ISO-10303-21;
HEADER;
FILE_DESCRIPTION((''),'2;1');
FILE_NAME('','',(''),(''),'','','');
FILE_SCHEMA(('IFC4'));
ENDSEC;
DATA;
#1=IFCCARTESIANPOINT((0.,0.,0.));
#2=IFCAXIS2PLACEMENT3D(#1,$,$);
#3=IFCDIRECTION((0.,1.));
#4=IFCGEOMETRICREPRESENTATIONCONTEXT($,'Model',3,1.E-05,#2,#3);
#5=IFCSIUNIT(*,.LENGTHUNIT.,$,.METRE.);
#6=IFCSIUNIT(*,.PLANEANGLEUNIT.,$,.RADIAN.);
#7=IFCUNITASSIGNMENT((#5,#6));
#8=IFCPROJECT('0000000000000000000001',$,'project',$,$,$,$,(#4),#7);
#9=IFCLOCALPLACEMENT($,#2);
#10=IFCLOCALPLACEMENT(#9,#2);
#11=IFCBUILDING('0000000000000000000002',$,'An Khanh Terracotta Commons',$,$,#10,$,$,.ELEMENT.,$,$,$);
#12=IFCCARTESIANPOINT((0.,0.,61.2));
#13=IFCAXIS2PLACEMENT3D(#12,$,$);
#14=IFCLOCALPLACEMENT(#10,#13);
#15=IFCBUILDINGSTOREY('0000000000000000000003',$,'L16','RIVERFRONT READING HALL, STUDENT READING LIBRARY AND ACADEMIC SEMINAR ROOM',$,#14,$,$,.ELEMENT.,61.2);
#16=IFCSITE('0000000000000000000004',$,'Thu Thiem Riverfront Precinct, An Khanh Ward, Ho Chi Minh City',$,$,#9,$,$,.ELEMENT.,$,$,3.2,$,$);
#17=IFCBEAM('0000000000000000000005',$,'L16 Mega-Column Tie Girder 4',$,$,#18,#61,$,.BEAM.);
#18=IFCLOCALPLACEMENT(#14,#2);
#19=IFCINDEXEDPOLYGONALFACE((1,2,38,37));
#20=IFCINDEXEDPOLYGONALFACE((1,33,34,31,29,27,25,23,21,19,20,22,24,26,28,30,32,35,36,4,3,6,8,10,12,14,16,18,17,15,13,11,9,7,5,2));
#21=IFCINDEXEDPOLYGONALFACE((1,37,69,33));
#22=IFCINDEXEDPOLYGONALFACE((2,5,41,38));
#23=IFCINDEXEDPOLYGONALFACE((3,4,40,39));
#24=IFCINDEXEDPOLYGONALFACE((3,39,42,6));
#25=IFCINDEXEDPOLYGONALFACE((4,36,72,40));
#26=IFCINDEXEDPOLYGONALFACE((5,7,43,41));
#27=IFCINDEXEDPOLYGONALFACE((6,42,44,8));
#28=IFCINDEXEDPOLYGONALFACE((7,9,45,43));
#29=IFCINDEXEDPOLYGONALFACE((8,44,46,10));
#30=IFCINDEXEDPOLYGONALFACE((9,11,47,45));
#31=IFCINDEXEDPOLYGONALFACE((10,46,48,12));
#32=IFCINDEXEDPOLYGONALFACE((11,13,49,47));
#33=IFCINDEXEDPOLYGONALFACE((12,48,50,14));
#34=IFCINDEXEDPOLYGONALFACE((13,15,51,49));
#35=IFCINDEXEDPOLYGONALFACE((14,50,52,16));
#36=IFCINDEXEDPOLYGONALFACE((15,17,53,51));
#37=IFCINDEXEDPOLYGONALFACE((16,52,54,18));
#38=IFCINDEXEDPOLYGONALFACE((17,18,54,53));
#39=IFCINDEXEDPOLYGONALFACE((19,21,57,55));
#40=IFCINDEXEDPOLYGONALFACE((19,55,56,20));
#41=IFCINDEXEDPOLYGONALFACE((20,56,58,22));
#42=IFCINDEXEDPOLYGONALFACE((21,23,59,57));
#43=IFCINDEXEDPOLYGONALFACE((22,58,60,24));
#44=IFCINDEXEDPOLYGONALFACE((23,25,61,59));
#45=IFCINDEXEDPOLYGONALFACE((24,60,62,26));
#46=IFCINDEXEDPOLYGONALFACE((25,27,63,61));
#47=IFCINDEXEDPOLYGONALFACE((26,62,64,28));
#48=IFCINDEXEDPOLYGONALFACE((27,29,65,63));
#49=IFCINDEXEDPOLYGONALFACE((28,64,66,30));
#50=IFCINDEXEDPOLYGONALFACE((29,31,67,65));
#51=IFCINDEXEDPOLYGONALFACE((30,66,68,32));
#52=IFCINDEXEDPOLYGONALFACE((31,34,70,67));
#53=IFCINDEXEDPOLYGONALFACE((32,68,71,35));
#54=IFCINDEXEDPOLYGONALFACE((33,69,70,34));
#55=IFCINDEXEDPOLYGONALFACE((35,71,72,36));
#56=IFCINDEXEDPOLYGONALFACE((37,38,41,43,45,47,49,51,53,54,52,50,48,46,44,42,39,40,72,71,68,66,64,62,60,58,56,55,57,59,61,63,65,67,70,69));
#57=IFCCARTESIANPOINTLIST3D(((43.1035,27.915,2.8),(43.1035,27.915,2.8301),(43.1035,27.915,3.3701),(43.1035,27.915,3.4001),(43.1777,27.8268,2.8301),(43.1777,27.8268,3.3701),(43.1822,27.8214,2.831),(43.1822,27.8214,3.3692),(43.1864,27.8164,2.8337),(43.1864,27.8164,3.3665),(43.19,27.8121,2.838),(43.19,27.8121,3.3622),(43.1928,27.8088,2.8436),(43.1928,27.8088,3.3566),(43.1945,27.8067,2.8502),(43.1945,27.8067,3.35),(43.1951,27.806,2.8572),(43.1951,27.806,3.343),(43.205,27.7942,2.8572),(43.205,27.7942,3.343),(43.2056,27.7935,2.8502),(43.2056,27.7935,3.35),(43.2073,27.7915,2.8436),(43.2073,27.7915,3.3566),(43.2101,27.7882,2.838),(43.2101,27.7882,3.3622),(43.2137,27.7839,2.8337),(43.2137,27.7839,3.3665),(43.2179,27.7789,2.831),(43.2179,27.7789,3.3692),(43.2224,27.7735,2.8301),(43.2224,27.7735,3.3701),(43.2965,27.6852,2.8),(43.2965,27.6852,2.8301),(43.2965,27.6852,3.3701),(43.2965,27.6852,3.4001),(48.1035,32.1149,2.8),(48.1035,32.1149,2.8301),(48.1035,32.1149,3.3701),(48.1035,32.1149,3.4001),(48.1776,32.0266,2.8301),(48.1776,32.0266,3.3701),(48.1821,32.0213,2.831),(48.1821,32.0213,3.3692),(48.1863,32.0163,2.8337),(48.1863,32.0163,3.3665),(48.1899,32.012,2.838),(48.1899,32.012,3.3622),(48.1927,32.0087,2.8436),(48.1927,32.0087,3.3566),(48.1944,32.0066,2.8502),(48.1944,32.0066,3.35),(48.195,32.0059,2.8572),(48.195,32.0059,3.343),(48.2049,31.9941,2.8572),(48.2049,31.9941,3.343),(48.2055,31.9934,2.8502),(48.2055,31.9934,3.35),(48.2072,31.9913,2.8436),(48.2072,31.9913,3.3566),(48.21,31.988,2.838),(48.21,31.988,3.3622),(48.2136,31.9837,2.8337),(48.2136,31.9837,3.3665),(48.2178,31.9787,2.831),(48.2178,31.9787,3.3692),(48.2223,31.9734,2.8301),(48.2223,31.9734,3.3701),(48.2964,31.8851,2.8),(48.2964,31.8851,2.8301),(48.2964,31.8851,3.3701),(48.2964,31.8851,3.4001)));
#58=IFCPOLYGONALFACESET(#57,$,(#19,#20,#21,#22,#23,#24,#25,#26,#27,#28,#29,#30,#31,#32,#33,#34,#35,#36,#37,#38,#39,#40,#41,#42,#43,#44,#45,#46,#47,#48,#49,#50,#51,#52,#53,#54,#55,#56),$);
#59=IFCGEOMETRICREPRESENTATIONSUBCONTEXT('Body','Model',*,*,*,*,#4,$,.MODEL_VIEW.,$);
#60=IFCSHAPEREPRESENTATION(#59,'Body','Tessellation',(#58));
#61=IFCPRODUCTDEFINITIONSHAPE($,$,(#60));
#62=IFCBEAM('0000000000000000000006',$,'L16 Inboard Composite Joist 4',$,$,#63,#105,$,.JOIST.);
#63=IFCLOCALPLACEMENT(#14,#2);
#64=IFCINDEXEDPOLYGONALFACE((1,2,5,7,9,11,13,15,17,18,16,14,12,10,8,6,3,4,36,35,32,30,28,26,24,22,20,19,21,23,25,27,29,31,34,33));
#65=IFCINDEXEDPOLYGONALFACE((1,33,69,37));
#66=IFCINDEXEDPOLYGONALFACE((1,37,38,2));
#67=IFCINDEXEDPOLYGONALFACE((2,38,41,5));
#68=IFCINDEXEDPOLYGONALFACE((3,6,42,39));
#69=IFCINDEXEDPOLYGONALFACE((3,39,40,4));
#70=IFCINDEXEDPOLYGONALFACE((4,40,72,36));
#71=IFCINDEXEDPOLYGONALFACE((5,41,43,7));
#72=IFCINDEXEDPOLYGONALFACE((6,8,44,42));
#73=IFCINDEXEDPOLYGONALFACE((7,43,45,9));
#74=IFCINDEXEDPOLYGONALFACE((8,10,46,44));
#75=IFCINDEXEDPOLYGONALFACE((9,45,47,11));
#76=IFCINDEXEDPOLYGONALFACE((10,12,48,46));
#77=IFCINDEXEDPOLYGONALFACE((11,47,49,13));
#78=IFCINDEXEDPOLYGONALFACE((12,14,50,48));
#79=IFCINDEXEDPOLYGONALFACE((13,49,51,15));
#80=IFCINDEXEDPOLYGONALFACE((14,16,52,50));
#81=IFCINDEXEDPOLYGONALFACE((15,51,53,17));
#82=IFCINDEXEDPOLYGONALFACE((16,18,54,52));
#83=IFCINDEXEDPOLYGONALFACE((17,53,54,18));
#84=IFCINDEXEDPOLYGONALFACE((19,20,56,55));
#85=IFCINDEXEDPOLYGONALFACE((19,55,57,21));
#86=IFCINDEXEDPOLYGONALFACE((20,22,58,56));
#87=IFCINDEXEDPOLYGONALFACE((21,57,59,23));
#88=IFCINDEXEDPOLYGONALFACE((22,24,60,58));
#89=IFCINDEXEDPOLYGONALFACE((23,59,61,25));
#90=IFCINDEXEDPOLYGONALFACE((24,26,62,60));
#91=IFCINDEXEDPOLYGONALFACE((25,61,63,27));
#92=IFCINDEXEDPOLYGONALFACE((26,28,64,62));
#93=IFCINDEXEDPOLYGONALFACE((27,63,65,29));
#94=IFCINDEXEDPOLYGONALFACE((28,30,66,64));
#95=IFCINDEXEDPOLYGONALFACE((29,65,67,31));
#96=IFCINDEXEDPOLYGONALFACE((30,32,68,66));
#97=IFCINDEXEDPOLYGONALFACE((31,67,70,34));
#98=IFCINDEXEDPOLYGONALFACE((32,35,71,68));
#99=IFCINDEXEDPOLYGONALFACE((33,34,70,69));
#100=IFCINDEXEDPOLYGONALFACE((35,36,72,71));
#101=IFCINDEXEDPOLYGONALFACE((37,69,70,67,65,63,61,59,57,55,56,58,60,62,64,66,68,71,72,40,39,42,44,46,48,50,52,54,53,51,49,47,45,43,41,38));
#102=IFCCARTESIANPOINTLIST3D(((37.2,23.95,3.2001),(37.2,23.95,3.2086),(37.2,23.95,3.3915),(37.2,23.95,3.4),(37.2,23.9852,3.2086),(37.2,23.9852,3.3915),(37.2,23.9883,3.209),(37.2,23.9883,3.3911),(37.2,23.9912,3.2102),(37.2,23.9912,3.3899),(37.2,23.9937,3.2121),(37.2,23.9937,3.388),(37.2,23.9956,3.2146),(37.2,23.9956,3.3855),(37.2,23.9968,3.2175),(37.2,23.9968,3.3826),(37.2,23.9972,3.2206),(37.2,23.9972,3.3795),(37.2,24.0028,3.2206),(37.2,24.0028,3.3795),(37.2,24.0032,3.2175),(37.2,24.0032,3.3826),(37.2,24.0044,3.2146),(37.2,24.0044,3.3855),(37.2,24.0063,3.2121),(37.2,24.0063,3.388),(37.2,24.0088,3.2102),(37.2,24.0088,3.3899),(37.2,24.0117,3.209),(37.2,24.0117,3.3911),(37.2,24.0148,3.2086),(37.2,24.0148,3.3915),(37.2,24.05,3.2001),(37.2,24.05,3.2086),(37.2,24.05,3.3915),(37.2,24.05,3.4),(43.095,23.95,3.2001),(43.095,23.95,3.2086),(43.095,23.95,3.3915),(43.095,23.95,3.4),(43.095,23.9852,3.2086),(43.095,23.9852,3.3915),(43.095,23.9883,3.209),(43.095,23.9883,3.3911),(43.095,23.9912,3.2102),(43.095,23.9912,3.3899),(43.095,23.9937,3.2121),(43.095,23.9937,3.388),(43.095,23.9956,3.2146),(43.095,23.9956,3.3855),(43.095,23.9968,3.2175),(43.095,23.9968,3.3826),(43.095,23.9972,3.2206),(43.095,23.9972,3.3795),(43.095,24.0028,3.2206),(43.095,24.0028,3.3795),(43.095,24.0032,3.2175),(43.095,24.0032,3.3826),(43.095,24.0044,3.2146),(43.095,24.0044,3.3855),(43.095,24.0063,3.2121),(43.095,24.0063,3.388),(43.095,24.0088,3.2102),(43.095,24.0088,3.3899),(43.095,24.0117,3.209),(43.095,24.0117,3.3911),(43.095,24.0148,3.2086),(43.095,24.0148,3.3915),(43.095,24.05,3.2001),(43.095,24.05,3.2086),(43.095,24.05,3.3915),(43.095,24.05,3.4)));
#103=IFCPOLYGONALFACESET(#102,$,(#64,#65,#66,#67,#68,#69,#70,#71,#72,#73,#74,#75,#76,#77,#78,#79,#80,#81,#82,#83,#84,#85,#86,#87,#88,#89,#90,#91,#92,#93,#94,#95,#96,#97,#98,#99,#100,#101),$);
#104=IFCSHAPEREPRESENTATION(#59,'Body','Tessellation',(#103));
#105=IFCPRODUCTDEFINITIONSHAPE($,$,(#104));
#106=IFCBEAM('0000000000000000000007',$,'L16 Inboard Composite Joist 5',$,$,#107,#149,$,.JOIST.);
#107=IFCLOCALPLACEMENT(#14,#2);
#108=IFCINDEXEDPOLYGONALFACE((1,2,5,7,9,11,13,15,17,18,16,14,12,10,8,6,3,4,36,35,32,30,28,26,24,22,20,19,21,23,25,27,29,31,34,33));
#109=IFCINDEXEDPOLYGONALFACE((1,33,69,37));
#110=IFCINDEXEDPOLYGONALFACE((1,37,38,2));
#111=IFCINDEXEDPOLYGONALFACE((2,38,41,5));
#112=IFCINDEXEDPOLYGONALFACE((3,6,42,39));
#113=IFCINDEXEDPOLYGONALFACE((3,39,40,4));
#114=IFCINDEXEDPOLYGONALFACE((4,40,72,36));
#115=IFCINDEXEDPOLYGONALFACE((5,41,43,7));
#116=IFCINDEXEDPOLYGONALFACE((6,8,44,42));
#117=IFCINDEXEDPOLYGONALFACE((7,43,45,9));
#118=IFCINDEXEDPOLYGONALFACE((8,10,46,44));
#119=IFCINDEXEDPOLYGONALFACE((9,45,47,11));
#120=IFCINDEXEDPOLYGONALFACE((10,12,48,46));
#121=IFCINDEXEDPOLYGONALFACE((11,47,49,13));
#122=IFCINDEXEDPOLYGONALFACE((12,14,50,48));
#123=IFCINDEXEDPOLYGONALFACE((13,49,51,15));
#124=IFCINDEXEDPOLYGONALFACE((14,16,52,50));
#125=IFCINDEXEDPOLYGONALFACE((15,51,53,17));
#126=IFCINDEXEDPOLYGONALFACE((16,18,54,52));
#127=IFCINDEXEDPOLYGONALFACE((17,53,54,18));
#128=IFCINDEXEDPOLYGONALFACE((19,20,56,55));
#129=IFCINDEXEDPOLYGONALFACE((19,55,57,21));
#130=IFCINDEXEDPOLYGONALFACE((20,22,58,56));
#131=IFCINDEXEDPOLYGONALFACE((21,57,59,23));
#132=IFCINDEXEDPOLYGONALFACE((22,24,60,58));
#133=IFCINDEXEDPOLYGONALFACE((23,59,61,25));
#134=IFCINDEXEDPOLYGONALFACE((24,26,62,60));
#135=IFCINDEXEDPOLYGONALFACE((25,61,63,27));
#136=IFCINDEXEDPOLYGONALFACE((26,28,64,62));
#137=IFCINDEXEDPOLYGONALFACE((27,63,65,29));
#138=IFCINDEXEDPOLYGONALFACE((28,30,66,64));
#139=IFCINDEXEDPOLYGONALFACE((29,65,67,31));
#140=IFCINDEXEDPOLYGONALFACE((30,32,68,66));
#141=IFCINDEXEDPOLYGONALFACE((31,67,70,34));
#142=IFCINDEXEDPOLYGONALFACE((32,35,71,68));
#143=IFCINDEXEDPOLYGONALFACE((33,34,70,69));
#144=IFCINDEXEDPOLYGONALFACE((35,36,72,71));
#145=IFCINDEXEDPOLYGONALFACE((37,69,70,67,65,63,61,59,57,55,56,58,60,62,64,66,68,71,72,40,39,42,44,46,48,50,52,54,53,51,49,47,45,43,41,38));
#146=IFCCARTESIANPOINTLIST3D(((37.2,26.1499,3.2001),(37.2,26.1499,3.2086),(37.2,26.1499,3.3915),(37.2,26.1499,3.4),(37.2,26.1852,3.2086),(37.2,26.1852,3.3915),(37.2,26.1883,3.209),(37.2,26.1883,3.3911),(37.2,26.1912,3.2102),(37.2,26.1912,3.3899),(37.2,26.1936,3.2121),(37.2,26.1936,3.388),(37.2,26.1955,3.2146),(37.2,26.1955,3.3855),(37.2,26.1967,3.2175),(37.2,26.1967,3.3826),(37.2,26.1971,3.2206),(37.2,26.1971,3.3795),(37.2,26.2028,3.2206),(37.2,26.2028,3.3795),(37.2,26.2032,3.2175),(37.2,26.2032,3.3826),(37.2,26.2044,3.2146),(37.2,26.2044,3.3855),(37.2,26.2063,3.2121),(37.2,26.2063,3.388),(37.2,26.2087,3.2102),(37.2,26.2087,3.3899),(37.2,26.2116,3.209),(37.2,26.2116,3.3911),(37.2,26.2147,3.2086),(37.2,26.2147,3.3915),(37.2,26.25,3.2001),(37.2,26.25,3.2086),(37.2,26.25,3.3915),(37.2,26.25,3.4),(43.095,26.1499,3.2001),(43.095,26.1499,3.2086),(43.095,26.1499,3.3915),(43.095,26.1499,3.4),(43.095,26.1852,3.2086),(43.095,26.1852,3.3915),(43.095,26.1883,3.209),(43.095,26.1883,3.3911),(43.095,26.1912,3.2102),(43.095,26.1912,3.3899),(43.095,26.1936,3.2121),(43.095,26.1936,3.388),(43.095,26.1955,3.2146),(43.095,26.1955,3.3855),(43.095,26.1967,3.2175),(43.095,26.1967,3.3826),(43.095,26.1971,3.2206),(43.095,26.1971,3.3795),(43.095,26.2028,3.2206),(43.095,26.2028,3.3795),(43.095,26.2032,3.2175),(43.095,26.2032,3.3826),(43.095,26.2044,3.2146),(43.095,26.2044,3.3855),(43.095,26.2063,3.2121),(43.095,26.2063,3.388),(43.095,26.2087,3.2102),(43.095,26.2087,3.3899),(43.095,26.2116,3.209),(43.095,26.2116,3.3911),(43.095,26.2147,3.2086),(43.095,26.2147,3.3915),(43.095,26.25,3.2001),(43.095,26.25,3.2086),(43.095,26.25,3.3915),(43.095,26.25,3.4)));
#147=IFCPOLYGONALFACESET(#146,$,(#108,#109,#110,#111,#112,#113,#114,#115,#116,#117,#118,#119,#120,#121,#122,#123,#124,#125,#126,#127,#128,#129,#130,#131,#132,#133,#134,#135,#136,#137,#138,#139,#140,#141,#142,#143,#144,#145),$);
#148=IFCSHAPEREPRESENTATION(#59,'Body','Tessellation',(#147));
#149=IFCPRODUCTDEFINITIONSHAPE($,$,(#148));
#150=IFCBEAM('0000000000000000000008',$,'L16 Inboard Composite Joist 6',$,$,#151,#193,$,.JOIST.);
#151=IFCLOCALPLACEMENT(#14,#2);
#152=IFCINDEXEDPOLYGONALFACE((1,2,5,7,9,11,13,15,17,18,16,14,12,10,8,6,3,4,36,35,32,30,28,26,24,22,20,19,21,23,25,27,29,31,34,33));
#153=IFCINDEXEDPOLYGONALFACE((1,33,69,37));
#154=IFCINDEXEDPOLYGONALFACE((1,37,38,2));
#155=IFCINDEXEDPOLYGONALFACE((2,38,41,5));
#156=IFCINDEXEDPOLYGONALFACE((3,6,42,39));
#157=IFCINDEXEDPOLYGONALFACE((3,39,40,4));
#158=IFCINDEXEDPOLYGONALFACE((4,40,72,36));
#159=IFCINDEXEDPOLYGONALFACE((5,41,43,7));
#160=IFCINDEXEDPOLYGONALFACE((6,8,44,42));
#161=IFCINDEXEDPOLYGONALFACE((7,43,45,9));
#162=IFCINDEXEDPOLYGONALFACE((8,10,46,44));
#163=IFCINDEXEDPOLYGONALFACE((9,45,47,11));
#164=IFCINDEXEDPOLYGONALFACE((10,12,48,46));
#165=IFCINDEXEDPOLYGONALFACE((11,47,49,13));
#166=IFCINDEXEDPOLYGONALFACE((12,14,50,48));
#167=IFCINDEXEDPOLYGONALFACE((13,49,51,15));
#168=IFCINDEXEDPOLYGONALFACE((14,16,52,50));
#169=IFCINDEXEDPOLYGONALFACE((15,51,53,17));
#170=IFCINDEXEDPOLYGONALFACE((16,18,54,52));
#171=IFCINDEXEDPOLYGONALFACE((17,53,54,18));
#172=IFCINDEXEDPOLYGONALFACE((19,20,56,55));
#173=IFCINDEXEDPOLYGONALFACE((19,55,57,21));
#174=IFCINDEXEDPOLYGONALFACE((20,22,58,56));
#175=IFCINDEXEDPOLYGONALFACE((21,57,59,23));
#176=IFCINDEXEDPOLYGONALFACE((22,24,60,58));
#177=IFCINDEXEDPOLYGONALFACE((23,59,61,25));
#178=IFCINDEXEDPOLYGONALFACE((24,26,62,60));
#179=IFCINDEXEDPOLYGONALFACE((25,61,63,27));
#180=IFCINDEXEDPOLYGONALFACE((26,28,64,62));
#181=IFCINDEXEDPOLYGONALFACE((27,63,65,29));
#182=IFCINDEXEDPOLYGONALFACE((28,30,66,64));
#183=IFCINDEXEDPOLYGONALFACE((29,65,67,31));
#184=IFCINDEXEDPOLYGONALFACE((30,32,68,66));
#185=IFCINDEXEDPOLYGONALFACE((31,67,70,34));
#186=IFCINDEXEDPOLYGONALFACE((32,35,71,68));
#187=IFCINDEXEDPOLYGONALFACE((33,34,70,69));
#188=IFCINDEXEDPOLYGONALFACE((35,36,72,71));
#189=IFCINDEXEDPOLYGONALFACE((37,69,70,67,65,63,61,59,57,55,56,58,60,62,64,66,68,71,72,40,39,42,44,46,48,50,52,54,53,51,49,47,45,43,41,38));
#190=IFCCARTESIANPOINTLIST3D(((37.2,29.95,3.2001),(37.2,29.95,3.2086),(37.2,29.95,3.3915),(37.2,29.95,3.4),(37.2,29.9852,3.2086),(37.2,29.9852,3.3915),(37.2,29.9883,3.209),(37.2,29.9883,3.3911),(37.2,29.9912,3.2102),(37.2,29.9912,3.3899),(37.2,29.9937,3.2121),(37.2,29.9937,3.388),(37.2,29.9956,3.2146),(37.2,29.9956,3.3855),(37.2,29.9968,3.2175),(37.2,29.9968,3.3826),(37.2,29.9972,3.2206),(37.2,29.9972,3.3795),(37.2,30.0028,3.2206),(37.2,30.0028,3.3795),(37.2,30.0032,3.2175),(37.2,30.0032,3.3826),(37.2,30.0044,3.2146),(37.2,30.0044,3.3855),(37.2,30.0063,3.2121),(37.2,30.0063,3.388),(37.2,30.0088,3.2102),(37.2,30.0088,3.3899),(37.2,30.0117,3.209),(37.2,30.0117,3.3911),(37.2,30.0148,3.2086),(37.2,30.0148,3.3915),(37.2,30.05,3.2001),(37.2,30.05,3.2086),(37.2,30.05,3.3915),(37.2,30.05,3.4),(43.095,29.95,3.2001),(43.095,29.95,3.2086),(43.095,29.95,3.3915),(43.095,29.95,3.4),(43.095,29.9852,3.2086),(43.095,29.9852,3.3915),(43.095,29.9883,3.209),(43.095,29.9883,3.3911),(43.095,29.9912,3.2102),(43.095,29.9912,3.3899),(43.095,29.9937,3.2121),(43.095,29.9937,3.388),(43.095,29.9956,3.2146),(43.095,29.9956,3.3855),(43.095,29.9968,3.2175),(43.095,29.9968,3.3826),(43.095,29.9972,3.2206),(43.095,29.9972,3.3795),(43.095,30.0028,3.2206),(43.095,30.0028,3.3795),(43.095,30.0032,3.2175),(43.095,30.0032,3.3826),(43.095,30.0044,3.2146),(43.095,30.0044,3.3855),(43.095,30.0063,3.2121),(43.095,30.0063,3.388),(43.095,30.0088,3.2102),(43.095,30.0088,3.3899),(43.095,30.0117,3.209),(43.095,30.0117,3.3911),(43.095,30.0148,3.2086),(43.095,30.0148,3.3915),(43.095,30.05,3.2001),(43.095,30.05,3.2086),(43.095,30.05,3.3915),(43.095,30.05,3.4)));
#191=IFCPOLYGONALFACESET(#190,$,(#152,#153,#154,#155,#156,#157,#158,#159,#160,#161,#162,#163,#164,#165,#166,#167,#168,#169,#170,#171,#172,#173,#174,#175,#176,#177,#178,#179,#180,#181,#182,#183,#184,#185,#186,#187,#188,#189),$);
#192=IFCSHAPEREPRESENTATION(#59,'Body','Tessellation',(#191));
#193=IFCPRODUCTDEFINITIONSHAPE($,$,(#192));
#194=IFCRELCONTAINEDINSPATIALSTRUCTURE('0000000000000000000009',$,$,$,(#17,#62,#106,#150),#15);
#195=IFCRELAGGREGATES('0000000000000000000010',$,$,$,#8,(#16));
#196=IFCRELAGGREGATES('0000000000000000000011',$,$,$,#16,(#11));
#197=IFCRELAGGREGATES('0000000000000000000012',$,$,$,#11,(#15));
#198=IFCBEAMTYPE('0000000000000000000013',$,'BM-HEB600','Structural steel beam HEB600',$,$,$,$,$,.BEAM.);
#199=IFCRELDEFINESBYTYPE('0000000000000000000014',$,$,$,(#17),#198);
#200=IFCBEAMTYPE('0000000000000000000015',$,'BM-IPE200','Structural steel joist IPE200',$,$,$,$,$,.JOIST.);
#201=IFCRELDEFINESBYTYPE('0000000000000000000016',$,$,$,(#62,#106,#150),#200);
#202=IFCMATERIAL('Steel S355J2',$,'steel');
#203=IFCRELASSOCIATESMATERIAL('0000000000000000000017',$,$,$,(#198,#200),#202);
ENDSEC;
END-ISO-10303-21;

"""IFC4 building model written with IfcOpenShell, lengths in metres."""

from ifc_helpers import new_model, si_unit, direction, frame, origin, origin_2d, place, context, subcontext, project, spatial, i_section, extrude, material, material_profile, profile_set, type_object, element, save


model = new_model("IFC4")

# Units and contexts
model_context = context("Model", 3, precision=1e-05, world=origin(), true_north=direction((0.0, 1.0)))
body_context = subcontext(model_context, "Body", "Model", "MODEL_VIEW")
ifc_project = project(units=[si_unit("LENGTHUNIT", "METRE"), si_unit("PLANEANGLEUNIT", "RADIAN")], contexts=[model_context])

# Site, building, storey
site_placement = place(None, origin())
site = spatial("IfcSite", under=ifc_project, at=site_placement, Name="Thu Thiem Riverfront Precinct, An Khanh Ward, Ho Chi Minh City", CompositionType="ELEMENT", RefElevation=3.2)
building_placement = place(site_placement, origin())
building = spatial("IfcBuilding", under=site, at=building_placement, Name="An Khanh Terracotta Commons", CompositionType="ELEMENT")
storey_placement = place(building_placement, frame((0.0, 0.0, 61.2)))
storey = spatial("IfcBuildingStorey", under=building, at=storey_placement, Name="L16", Description="RIVERFRONT READING HALL, STUDENT READING LIBRARY AND ACADEMIC SEMINAR ROOM", CompositionType="ELEMENT", Elevation=61.2)

# Beams
ifc_material_1 = material(Name="Steel S355J2", Category="steel")
ifc_material_profile_1 = material_profile(ifc_material_1, i_section(OverallWidth=0.3, OverallDepth=0.6001, WebThickness=0.0154, FlangeThickness=0.03, FilletRadius=0.0271, at=origin_2d()), Name="HEB600")
ifc_profile_set_1 = profile_set([ifc_material_profile_1], Name="Steel S355J2")
beam_type_1 = type_object("IfcBeamType", Name="BM-HEB600", Description="Structural steel beam HEB600", PredefinedType="BEAM", material=ifc_profile_set_1)
beam_1_placement = place(storey_placement, frame((48.2, 32.0, 3.1001), z_axis=(-0.765709, -0.643188, 0.0), x_axis=(0.643188, -0.765709, 0.0)))
element("IfcBeam", 1, at=beam_1_placement, inside=storey, type_object=beam_type_1, Name="L16 Mega-Column Tie Girder 4", PredefinedType="BEAM", context=body_context, shape_type="SweptSolid", body=[
    extrude(i_section(OverallWidth=0.3, OverallDepth=0.6001, WebThickness=0.0154, FlangeThickness=0.03, FilletRadius=0.0271, at=origin_2d()), origin(), (0.0, 0.0, 1.0), 6.5298),
])
ifc_material_profile_2 = material_profile(ifc_material_1, i_section(OverallWidth=0.1001, OverallDepth=0.2, WebThickness=0.0056, FlangeThickness=0.0085, FilletRadius=0.012, at=origin_2d()), Name="IPE200")
ifc_profile_set_2 = profile_set([ifc_material_profile_2], Name="Steel S355J2")
beam_type_2 = type_object("IfcBeamType", Name="BM-IPE200", Description="Structural steel joist IPE200", PredefinedType="JOIST", material=ifc_profile_set_2)
for number, where, z_axis, x_axis, name in (
    (2, (37.2, 24.0, 3.3), (1.0, 0.0, 0.0), (0.0, 1.0, 0.0), "L16 Inboard Composite Joist 4"),
    (3, (37.2, 26.2, 3.3), (1.0, 0.0, 0.0), (0.0, 1.0, 0.0), "L16 Inboard Composite Joist 5"),
    (4, (37.2, 30.0, 3.3), (1.0, 0.0, 0.0), (0.0, 1.0, 0.0), "L16 Inboard Composite Joist 6"),
):
    element("IfcBeam", number, at=place(storey_placement, frame(where, z_axis=z_axis, x_axis=x_axis)), inside=storey, type_object=beam_type_2, Name=name, PredefinedType="JOIST", context=body_context, shape_type="SweptSolid", body=[
        extrude(i_section(OverallWidth=0.1001, OverallDepth=0.2, WebThickness=0.0056, FlangeThickness=0.0085, FilletRadius=0.012, at=origin_2d()), origin(), (0.0, 0.0, 1.0), 5.895),
    ])

save(model, "model.ifc")
